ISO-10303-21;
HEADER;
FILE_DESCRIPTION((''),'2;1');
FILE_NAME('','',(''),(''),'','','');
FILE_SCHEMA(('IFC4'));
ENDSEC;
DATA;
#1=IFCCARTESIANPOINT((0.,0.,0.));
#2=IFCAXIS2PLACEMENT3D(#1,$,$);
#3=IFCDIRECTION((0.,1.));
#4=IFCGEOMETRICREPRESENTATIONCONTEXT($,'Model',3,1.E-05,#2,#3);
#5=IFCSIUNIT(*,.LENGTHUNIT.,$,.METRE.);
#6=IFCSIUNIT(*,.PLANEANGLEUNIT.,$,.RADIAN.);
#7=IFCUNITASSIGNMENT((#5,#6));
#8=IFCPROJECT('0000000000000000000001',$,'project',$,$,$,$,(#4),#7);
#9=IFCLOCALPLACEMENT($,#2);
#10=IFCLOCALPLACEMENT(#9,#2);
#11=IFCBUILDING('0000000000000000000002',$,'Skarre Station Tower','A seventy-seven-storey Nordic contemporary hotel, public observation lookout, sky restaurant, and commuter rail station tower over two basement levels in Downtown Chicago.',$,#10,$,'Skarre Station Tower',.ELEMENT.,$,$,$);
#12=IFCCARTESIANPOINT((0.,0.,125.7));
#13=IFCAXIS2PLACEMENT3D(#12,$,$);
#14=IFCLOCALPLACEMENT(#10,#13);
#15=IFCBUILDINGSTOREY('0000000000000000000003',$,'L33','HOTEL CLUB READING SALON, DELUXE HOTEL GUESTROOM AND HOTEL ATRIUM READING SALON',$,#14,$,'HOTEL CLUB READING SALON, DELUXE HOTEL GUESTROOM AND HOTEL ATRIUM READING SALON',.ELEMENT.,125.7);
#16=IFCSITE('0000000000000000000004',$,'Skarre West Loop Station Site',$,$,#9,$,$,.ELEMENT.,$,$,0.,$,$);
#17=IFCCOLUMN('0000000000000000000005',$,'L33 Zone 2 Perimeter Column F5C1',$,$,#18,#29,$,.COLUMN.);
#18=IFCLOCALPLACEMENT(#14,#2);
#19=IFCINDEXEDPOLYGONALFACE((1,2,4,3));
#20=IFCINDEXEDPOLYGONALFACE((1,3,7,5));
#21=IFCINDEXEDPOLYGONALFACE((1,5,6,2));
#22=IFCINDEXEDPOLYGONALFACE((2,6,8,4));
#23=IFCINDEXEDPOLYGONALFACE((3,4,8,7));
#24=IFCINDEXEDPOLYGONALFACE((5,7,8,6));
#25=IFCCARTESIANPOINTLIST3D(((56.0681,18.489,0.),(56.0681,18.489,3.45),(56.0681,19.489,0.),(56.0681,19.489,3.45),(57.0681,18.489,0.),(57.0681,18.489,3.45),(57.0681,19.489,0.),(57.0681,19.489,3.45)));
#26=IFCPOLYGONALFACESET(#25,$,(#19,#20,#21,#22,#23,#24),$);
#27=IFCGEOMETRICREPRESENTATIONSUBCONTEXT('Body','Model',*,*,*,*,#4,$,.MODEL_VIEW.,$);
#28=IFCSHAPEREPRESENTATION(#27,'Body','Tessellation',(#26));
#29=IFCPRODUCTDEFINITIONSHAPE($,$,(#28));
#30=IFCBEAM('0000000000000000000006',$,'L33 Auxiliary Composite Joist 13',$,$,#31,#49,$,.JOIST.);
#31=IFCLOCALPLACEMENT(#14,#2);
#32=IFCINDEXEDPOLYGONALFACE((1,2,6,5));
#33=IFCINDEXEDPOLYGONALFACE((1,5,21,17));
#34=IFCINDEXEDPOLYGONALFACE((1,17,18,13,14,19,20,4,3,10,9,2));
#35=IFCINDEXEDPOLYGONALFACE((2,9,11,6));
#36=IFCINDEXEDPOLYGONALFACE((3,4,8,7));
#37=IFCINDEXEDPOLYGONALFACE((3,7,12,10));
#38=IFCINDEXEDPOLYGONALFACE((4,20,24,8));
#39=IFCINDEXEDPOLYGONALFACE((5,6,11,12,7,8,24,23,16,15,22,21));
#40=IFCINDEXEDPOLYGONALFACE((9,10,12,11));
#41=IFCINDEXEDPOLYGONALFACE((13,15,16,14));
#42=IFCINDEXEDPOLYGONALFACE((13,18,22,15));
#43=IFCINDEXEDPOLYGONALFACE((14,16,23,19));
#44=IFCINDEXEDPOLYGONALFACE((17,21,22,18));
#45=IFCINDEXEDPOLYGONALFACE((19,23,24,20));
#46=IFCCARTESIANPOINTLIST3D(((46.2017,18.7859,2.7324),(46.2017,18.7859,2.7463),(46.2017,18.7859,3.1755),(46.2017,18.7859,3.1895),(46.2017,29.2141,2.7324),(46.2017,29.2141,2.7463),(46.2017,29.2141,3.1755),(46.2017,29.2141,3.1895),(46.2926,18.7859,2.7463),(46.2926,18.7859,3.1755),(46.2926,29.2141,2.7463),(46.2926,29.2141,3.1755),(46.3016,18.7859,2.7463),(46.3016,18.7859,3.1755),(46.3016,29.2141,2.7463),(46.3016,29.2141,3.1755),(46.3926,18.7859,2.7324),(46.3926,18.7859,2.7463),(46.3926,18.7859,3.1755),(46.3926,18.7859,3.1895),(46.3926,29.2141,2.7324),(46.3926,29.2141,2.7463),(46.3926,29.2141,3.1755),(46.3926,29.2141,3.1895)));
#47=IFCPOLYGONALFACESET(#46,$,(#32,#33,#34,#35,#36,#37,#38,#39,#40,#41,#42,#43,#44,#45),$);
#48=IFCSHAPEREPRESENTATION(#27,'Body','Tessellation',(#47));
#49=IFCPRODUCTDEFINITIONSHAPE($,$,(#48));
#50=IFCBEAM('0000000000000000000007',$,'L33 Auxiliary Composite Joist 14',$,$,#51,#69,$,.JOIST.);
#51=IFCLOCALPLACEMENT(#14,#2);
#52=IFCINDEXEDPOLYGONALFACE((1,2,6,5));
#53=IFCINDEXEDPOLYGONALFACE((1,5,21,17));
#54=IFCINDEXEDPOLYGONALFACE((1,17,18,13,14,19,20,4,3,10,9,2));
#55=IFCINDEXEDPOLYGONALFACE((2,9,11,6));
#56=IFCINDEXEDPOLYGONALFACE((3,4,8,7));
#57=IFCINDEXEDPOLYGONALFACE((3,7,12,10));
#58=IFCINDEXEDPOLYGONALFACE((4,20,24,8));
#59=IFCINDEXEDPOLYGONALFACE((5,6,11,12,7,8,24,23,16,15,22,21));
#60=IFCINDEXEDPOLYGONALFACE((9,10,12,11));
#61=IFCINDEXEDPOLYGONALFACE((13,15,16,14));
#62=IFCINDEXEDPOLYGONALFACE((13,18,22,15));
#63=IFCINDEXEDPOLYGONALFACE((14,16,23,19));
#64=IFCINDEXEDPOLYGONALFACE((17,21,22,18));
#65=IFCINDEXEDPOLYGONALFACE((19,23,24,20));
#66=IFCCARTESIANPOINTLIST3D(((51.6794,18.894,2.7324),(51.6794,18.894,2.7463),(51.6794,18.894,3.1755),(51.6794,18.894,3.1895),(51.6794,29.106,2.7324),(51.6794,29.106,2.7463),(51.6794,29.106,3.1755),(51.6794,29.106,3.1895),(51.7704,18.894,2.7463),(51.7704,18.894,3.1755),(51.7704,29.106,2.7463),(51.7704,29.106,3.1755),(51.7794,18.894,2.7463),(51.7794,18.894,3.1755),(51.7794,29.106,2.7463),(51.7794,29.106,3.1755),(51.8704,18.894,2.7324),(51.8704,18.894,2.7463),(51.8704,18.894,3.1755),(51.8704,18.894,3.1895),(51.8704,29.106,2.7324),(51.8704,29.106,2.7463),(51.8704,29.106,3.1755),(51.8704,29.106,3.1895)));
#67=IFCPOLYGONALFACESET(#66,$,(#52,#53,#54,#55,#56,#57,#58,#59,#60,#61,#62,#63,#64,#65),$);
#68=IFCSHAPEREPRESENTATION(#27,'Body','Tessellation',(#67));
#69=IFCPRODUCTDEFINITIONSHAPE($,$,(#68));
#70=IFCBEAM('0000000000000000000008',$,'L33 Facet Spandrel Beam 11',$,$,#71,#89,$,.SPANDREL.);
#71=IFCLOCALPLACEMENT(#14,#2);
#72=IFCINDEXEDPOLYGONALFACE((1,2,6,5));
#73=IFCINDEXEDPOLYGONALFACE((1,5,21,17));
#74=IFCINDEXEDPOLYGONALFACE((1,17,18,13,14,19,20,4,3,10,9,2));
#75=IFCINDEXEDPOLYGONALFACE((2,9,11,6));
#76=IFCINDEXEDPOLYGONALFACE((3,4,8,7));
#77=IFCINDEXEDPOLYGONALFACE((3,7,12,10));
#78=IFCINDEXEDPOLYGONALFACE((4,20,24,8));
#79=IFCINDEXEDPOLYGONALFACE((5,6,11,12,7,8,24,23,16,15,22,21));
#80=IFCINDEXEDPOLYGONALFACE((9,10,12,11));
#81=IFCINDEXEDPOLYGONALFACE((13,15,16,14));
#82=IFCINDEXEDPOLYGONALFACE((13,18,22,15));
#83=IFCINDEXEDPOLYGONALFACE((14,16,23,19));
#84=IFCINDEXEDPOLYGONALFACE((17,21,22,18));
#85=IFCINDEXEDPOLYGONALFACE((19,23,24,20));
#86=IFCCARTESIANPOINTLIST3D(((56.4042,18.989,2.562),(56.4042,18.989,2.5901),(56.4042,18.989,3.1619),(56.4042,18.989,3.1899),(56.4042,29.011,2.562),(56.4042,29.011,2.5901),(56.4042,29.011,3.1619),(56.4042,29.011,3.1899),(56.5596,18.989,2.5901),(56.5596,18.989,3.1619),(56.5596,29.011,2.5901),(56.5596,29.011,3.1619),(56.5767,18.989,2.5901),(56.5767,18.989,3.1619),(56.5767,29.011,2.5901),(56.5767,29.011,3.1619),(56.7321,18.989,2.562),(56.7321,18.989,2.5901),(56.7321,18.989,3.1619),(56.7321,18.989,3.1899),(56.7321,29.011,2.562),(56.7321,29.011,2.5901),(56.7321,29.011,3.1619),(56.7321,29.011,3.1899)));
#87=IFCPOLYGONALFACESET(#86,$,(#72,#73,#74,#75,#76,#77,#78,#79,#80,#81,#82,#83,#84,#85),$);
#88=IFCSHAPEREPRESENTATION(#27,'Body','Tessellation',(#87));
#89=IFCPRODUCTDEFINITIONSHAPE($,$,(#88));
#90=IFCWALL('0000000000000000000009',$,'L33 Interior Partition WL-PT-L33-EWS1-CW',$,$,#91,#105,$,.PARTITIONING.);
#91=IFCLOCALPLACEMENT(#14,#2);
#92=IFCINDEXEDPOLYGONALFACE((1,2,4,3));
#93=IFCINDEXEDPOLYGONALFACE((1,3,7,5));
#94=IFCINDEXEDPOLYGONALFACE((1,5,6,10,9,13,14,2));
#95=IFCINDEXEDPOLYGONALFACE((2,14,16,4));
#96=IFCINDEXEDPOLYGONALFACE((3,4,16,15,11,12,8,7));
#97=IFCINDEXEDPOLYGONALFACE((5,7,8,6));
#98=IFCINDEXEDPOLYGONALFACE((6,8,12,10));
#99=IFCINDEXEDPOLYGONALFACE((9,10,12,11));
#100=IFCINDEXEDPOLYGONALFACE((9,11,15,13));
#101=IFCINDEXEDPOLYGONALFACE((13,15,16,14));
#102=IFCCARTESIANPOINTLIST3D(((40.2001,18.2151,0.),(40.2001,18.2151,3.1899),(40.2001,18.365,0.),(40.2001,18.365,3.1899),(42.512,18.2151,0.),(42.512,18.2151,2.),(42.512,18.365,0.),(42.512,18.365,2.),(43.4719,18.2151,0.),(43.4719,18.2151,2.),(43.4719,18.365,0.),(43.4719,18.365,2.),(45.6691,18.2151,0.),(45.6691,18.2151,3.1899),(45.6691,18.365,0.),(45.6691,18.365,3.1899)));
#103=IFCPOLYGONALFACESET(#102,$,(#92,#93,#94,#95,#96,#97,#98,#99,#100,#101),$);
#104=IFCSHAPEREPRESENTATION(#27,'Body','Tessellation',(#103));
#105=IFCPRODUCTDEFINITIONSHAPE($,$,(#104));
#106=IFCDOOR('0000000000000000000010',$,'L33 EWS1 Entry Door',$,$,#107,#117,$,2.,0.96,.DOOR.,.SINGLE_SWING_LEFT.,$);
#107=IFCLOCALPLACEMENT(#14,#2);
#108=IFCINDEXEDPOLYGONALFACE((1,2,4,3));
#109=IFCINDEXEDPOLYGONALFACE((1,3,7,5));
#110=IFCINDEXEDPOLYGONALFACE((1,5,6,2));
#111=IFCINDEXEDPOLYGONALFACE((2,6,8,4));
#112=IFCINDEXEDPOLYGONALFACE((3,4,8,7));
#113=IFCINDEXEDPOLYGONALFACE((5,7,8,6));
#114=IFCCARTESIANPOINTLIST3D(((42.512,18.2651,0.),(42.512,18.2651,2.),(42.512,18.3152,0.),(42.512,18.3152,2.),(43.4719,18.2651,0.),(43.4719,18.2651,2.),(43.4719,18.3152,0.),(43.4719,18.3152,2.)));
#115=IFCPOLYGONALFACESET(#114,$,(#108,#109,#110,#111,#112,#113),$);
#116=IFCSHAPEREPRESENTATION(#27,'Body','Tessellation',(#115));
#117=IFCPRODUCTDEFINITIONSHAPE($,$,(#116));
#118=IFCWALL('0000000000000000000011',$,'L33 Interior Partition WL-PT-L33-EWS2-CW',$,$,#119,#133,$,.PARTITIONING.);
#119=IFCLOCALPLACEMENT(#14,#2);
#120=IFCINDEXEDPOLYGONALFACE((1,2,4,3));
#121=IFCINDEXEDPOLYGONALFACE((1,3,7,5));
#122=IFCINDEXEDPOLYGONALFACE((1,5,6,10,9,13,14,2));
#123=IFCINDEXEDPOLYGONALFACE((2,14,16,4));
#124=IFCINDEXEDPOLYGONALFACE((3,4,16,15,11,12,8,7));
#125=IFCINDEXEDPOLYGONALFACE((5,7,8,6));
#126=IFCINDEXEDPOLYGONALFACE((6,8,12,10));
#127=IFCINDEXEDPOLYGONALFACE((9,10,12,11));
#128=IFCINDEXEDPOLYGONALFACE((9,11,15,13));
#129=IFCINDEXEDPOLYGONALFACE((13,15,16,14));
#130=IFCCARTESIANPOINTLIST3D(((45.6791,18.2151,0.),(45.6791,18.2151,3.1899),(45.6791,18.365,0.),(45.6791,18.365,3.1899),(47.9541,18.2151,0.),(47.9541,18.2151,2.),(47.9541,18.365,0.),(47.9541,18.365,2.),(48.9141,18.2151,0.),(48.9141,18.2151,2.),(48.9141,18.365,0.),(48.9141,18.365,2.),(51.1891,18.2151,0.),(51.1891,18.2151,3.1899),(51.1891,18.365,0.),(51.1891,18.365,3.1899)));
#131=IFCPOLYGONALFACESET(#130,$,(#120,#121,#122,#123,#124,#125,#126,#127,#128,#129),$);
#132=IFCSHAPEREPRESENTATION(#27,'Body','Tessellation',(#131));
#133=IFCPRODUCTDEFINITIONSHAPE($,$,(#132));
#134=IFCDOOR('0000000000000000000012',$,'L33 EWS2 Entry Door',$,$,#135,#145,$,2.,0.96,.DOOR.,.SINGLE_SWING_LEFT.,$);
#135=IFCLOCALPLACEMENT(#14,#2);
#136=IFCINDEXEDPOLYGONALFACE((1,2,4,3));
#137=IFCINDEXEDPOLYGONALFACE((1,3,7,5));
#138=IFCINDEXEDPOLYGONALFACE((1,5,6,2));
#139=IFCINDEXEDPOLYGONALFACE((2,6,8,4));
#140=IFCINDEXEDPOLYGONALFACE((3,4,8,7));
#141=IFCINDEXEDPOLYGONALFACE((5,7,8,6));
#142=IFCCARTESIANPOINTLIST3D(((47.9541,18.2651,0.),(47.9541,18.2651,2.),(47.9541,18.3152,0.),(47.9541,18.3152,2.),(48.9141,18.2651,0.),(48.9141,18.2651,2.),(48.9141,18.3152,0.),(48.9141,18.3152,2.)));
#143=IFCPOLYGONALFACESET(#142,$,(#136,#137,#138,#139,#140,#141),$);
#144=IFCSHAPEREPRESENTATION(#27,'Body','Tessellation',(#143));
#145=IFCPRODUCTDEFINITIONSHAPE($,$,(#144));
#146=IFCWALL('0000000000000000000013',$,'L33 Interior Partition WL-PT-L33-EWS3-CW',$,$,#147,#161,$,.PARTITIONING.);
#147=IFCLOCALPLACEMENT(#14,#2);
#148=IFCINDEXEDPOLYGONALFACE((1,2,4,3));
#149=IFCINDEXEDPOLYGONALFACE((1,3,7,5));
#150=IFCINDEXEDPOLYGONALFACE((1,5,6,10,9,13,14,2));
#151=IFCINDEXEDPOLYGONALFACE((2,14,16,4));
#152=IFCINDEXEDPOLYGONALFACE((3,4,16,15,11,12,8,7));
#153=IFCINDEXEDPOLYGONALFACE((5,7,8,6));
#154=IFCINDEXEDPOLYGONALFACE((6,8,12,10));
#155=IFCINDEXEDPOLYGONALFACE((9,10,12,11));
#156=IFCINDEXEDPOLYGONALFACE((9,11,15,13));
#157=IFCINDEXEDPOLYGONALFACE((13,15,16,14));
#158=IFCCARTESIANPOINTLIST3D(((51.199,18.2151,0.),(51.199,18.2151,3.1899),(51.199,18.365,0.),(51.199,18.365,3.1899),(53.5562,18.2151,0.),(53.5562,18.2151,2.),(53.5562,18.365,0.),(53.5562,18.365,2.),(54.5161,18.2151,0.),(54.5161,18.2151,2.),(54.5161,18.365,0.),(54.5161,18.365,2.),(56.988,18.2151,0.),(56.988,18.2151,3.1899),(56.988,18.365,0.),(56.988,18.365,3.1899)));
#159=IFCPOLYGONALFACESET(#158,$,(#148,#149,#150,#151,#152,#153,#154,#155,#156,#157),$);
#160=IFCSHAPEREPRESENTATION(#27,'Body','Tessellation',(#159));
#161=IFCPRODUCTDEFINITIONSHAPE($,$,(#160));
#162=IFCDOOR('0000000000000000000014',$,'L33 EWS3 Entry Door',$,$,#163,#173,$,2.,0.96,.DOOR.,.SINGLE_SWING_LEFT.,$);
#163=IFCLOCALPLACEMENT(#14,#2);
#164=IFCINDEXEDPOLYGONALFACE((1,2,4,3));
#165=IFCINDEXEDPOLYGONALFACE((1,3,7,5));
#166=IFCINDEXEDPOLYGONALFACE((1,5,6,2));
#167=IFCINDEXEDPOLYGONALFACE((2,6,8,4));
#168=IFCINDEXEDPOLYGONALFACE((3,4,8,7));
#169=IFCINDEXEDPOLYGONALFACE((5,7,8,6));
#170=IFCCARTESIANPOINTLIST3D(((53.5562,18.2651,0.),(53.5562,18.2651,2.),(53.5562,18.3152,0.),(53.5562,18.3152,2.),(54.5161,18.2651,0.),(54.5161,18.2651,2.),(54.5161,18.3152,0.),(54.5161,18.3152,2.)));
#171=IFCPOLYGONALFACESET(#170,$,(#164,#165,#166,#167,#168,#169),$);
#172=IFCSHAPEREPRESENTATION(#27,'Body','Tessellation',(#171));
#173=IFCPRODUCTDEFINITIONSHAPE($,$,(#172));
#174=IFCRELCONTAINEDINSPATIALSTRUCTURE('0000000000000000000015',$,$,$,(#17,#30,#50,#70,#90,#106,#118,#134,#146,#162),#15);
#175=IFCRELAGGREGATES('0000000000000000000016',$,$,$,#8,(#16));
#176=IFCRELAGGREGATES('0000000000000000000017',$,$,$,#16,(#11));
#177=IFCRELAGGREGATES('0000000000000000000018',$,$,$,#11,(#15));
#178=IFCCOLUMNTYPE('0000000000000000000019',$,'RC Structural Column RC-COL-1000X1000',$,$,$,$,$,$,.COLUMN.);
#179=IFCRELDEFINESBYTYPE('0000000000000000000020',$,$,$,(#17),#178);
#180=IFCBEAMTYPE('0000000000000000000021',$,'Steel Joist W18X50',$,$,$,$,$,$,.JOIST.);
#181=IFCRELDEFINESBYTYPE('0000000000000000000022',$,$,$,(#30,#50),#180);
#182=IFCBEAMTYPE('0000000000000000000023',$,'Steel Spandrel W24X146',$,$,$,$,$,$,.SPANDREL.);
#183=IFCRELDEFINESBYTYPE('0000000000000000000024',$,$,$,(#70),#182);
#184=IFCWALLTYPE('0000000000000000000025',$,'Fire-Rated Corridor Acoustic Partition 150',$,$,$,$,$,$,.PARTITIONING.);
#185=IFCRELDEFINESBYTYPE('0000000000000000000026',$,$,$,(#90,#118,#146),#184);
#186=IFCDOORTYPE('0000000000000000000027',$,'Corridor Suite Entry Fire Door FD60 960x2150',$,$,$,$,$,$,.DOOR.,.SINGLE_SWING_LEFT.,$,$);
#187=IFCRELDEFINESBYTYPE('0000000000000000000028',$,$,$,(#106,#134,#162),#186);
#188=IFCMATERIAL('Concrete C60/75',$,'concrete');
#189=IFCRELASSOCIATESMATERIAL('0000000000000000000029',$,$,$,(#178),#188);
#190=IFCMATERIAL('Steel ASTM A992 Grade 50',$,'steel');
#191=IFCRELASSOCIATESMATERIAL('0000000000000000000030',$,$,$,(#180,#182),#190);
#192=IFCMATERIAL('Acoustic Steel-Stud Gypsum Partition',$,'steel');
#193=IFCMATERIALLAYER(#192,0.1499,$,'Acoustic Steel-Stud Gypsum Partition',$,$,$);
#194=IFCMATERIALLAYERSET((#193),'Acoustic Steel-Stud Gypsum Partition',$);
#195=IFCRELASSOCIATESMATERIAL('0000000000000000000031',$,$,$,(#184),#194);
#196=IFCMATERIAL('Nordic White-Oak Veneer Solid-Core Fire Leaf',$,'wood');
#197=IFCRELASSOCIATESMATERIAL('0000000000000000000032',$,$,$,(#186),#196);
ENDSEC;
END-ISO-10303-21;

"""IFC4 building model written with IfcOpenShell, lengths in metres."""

from ifc_helpers import new_model, si_unit, direction, frame, frame_2d, origin, origin_2d, place, context, subcontext, project, spatial, rectangle, i_section, extrude, material, layer, layer_set, material_profile, profile_set, type_object, element, fill, save


model = new_model("IFC4")

# Units and contexts
model_context = context("Model", 3, precision=1e-05, world=origin(), true_north=direction((0.0, 1.0)))
body_context = subcontext(model_context, "Body", "Model", "MODEL_VIEW")
ifc_project = project(units=[si_unit("LENGTHUNIT", "METRE"), si_unit("PLANEANGLEUNIT", "RADIAN")], contexts=[model_context])

# Site, building, storey
site_placement = place(None, origin())
site = spatial("IfcSite", under=ifc_project, at=site_placement, Name="Skarre West Loop Station Site", CompositionType="ELEMENT", RefElevation=0.0)
building_placement = place(site_placement, origin())
building = spatial("IfcBuilding", under=site, at=building_placement, Name="Skarre Station Tower", Description="A seventy-seven-storey Nordic contemporary hotel, public observation lookout, sky restaurant, and commuter rail station tower over two basement levels in Downtown Chicago.", LongName="Skarre Station Tower", CompositionType="ELEMENT")
storey_placement = place(building_placement, frame((0.0, 0.0, 125.7)))
storey = spatial("IfcBuildingStorey", under=building, at=storey_placement, Name="L33", Description="HOTEL CLUB READING SALON, DELUXE HOTEL GUESTROOM AND HOTEL ATRIUM READING SALON", LongName="HOTEL CLUB READING SALON, DELUXE HOTEL GUESTROOM AND HOTEL ATRIUM READING SALON", CompositionType="ELEMENT", Elevation=125.7)

# Column
ifc_material_1 = material(Name="Concrete C60/75", Category="concrete")
ifc_material_profile_1 = material_profile(ifc_material_1, rectangle(XDim=1.0, YDim=1.0, at=origin_2d()), Name="Concrete C60/75")
ifc_profile_set_1 = profile_set([ifc_material_profile_1], Name="Concrete C60/75")
column_type = type_object("IfcColumnType", Name="RC Structural Column RC-COL-1000X1000", PredefinedType="COLUMN", material=ifc_profile_set_1)
column_placement = place(storey_placement, frame((56.5681, 18.989, 0.0), z_axis=(0.0, 0.0, 1.0), x_axis=(1.0, 0.0, 0.0)))
element("IfcColumn", 1, at=column_placement, inside=storey, type_object=column_type, Name="L33 Zone 2 Perimeter Column F5C1", PredefinedType="COLUMN", context=body_context, shape_type="SweptSolid", body=[
    extrude(rectangle(XDim=1.0, YDim=1.0, at=origin_2d()), origin(), (0.0, 0.0, 1.0), 3.45),
])

# Beams
ifc_material_2 = material(Name="Steel ASTM A992 Grade 50", Category="steel")
ifc_material_profile_2 = material_profile(ifc_material_2, i_section(OverallWidth=0.1909, OverallDepth=0.457, WebThickness=0.009, FlangeThickness=0.0139, at=origin_2d()), Name="Steel ASTM A992 Grade 50")
ifc_profile_set_2 = profile_set([ifc_material_profile_2], Name="Steel ASTM A992 Grade 50")
beam_type_1 = type_object("IfcBeamType", Name="Steel Joist W18X50", PredefinedType="JOIST", material=ifc_profile_set_2)
beam_1_placement = place(storey_placement, frame((46.2971, 18.7859, 2.9609), z_axis=(0.0, 1.0, 0.0), x_axis=(-1.0, 0.0, 0.0)))
element("IfcBeam", 2, at=beam_1_placement, inside=storey, type_object=beam_type_1, Name="L33 Auxiliary Composite Joist 13", PredefinedType="JOIST", context=body_context, shape_type="SweptSolid", body=[
    extrude(i_section(OverallWidth=0.1909, OverallDepth=0.457, WebThickness=0.009, FlangeThickness=0.0139, at=origin_2d()), origin(), (0.0, 0.0, 1.0), 10.4282),
])
beam_2_placement = place(storey_placement, frame((51.7749, 18.894, 2.9609), z_axis=(0.0, 1.0, 0.0), x_axis=(-1.0, 0.0, 0.0)))
element("IfcBeam", 3, at=beam_2_placement, inside=storey, type_object=beam_type_1, Name="L33 Auxiliary Composite Joist 14", PredefinedType="JOIST", context=body_context, shape_type="SweptSolid", body=[
    extrude(i_section(OverallWidth=0.1909, OverallDepth=0.457, WebThickness=0.009, FlangeThickness=0.0139, at=origin_2d()), origin(), (0.0, 0.0, 1.0), 10.2119),
])
ifc_material_profile_3 = material_profile(ifc_material_2, i_section(OverallWidth=0.3279, OverallDepth=0.6279, WebThickness=0.0171, FlangeThickness=0.0281, at=origin_2d()), Name="Steel ASTM A992 Grade 50")
ifc_profile_set_3 = profile_set([ifc_material_profile_3], Name="Steel ASTM A992 Grade 50")
beam_type_2 = type_object("IfcBeamType", Name="Steel Spandrel W24X146", PredefinedType="SPANDREL", material=ifc_profile_set_3)
beam_3_placement = place(storey_placement, frame((56.5681, 18.989, 2.876), z_axis=(0.0, 1.0, 0.0), x_axis=(-1.0, 0.0, 0.0)))
element("IfcBeam", 4, at=beam_3_placement, inside=storey, type_object=beam_type_2, Name="L33 Facet Spandrel Beam 11", PredefinedType="SPANDREL", context=body_context, shape_type="SweptSolid", body=[
    extrude(i_section(OverallWidth=0.3279, OverallDepth=0.6279, WebThickness=0.0171, FlangeThickness=0.0281, at=origin_2d()), origin(), (0.0, 0.0, 1.0), 10.022),
])

# Walls, openings, doors
ifc_material_3 = material(Name="Acoustic Steel-Stud Gypsum Partition", Category="steel")
ifc_layer_1 = layer(ifc_material_3, 0.1499, Name="Acoustic Steel-Stud Gypsum Partition")
ifc_layer_set_1 = layer_set([ifc_layer_1], Name="Acoustic Steel-Stud Gypsum Partition")
wall_type_1 = type_object("IfcWallType", Name="Fire-Rated Corridor Acoustic Partition 150", PredefinedType="PARTITIONING", material=ifc_layer_set_1)
wall_1_placement = place(storey_placement, frame((45.6689, 18.29, 0.0), z_axis=(0.0, 0.0, 1.0), x_axis=(-1.0, 0.0, 0.0)))
wall_1 = element("IfcWall", 5, at=wall_1_placement, inside=storey, type_object=wall_type_1, Name="L33 Interior Partition WL-PT-L33-EWS1-CW", PredefinedType="PARTITIONING", context=body_context, shape_type="SweptSolid", body=[
    extrude(rectangle(XDim=5.469, YDim=0.1499, at=frame_2d((2.7344, 0.0))), origin(), (0.0, 0.0, 1.0), 3.1899),
])
opening_1_placement = place(wall_1_placement, frame((2.197, 0.0, 0.0)))
opening_1 = element("IfcOpeningElement", 6, at=opening_1_placement, cuts=wall_1, PredefinedType="OPENING", context=body_context, shape_type="SweptSolid", body=[
    extrude(rectangle(XDim=0.96, YDim=2.0, at=frame_2d((0.48, 1.0))), frame((0.0, 0.085, 0.0), z_axis=(0.0, -1.0, 0.0), x_axis=(1.0, 0.0, 0.0)), (0.0, 0.0, 1.0), 0.1699),
])
ifc_material_4 = material(Name="Nordic White-Oak Veneer Solid-Core Fire Leaf", Category="wood")
door_type = type_object("IfcDoorType", Name="Corridor Suite Entry Fire Door FD60 960x2150", OperationType="SINGLE_SWING_LEFT", PredefinedType="DOOR", material=ifc_material_4)
door_1_placement = place(opening_1_placement, origin())
door_1 = element("IfcDoor", 7, at=door_1_placement, inside=storey, type_object=door_type, Name="L33 EWS1 Entry Door", OperationType="SINGLE_SWING_LEFT", OverallHeight=2.0, OverallWidth=0.96, PredefinedType="DOOR", context=body_context, shape_type="SweptSolid", body=[
    extrude(rectangle(XDim=0.96, YDim=2.0, at=frame_2d((0.48, 1.0))), frame((0.0, 0.0249, 0.0), z_axis=(0.0, -1.0, 0.0), x_axis=(1.0, 0.0, 0.0)), (0.0, 0.0, 1.0), 0.05),
])
fill(opening_1, door_1)
wall_2_placement = place(storey_placement, frame((51.189, 18.29, 0.0), z_axis=(0.0, 0.0, 1.0), x_axis=(-1.0, 0.0, 0.0)))
wall_2 = element("IfcWall", 8, at=wall_2_placement, inside=storey, type_object=wall_type_1, Name="L33 Interior Partition WL-PT-L33-EWS2-CW", PredefinedType="PARTITIONING", context=body_context, shape_type="SweptSolid", body=[
    extrude(rectangle(XDim=5.51, YDim=0.1499, at=frame_2d((2.7549, 0.0))), origin(), (0.0, 0.0, 1.0), 3.1899),
])
opening_2_placement = place(wall_2_placement, frame((2.2749, 0.0, 0.0)))
opening_2 = element("IfcOpeningElement", 9, at=opening_2_placement, cuts=wall_2, PredefinedType="OPENING", context=body_context, shape_type="SweptSolid", body=[
    extrude(rectangle(XDim=0.96, YDim=2.0, at=frame_2d((0.48, 1.0))), frame((0.0, 0.085, 0.0), z_axis=(0.0, -1.0, 0.0), x_axis=(1.0, 0.0, 0.0)), (0.0, 0.0, 1.0), 0.1699),
])
door_2_placement = place(opening_2_placement, origin())
door_2 = element("IfcDoor", 10, at=door_2_placement, inside=storey, type_object=door_type, Name="L33 EWS2 Entry Door", OperationType="SINGLE_SWING_LEFT", OverallHeight=2.0, OverallWidth=0.96, PredefinedType="DOOR", context=body_context, shape_type="SweptSolid", body=[
    extrude(rectangle(XDim=0.96, YDim=2.0, at=frame_2d((0.48, 1.0))), frame((0.0, 0.0249, 0.0), z_axis=(0.0, -1.0, 0.0), x_axis=(1.0, 0.0, 0.0)), (0.0, 0.0, 1.0), 0.05),
])
fill(opening_2, door_2)
wall_3_placement = place(storey_placement, frame((56.988, 18.29, 0.0), z_axis=(0.0, 0.0, 1.0), x_axis=(-1.0, 0.0, 0.0)))
wall_3 = element("IfcWall", 11, at=wall_3_placement, inside=storey, type_object=wall_type_1, Name="L33 Interior Partition WL-PT-L33-EWS3-CW", PredefinedType="PARTITIONING", context=body_context, shape_type="SweptSolid", body=[
    extrude(rectangle(XDim=5.7891, YDim=0.1499, at=frame_2d((2.8945, 0.0))), origin(), (0.0, 0.0, 1.0), 3.1899),
])
opening_3_placement = place(wall_3_placement, frame((2.4719, 0.0, 0.0)))
opening_3 = element("IfcOpeningElement", 12, at=opening_3_placement, cuts=wall_3, PredefinedType="OPENING", context=body_context, shape_type="SweptSolid", body=[
    extrude(rectangle(XDim=0.96, YDim=2.0, at=frame_2d((0.48, 1.0))), frame((0.0, 0.085, 0.0), z_axis=(0.0, -1.0, 0.0), x_axis=(1.0, 0.0, 0.0)), (0.0, 0.0, 1.0), 0.1699),
])
door_3_placement = place(opening_3_placement, origin())
door_3 = element("IfcDoor", 13, at=door_3_placement, inside=storey, type_object=door_type, Name="L33 EWS3 Entry Door", OperationType="SINGLE_SWING_LEFT", OverallHeight=2.0, OverallWidth=0.96, PredefinedType="DOOR", context=body_context, shape_type="SweptSolid", body=[
    extrude(rectangle(XDim=0.96, YDim=2.0, at=frame_2d((0.48, 1.0))), frame((0.0, 0.0249, 0.0), z_axis=(0.0, -1.0, 0.0), x_axis=(1.0, 0.0, 0.0)), (0.0, 0.0, 1.0), 0.05),
])
fill(opening_3, door_3)

save(model, "model.ifc")
